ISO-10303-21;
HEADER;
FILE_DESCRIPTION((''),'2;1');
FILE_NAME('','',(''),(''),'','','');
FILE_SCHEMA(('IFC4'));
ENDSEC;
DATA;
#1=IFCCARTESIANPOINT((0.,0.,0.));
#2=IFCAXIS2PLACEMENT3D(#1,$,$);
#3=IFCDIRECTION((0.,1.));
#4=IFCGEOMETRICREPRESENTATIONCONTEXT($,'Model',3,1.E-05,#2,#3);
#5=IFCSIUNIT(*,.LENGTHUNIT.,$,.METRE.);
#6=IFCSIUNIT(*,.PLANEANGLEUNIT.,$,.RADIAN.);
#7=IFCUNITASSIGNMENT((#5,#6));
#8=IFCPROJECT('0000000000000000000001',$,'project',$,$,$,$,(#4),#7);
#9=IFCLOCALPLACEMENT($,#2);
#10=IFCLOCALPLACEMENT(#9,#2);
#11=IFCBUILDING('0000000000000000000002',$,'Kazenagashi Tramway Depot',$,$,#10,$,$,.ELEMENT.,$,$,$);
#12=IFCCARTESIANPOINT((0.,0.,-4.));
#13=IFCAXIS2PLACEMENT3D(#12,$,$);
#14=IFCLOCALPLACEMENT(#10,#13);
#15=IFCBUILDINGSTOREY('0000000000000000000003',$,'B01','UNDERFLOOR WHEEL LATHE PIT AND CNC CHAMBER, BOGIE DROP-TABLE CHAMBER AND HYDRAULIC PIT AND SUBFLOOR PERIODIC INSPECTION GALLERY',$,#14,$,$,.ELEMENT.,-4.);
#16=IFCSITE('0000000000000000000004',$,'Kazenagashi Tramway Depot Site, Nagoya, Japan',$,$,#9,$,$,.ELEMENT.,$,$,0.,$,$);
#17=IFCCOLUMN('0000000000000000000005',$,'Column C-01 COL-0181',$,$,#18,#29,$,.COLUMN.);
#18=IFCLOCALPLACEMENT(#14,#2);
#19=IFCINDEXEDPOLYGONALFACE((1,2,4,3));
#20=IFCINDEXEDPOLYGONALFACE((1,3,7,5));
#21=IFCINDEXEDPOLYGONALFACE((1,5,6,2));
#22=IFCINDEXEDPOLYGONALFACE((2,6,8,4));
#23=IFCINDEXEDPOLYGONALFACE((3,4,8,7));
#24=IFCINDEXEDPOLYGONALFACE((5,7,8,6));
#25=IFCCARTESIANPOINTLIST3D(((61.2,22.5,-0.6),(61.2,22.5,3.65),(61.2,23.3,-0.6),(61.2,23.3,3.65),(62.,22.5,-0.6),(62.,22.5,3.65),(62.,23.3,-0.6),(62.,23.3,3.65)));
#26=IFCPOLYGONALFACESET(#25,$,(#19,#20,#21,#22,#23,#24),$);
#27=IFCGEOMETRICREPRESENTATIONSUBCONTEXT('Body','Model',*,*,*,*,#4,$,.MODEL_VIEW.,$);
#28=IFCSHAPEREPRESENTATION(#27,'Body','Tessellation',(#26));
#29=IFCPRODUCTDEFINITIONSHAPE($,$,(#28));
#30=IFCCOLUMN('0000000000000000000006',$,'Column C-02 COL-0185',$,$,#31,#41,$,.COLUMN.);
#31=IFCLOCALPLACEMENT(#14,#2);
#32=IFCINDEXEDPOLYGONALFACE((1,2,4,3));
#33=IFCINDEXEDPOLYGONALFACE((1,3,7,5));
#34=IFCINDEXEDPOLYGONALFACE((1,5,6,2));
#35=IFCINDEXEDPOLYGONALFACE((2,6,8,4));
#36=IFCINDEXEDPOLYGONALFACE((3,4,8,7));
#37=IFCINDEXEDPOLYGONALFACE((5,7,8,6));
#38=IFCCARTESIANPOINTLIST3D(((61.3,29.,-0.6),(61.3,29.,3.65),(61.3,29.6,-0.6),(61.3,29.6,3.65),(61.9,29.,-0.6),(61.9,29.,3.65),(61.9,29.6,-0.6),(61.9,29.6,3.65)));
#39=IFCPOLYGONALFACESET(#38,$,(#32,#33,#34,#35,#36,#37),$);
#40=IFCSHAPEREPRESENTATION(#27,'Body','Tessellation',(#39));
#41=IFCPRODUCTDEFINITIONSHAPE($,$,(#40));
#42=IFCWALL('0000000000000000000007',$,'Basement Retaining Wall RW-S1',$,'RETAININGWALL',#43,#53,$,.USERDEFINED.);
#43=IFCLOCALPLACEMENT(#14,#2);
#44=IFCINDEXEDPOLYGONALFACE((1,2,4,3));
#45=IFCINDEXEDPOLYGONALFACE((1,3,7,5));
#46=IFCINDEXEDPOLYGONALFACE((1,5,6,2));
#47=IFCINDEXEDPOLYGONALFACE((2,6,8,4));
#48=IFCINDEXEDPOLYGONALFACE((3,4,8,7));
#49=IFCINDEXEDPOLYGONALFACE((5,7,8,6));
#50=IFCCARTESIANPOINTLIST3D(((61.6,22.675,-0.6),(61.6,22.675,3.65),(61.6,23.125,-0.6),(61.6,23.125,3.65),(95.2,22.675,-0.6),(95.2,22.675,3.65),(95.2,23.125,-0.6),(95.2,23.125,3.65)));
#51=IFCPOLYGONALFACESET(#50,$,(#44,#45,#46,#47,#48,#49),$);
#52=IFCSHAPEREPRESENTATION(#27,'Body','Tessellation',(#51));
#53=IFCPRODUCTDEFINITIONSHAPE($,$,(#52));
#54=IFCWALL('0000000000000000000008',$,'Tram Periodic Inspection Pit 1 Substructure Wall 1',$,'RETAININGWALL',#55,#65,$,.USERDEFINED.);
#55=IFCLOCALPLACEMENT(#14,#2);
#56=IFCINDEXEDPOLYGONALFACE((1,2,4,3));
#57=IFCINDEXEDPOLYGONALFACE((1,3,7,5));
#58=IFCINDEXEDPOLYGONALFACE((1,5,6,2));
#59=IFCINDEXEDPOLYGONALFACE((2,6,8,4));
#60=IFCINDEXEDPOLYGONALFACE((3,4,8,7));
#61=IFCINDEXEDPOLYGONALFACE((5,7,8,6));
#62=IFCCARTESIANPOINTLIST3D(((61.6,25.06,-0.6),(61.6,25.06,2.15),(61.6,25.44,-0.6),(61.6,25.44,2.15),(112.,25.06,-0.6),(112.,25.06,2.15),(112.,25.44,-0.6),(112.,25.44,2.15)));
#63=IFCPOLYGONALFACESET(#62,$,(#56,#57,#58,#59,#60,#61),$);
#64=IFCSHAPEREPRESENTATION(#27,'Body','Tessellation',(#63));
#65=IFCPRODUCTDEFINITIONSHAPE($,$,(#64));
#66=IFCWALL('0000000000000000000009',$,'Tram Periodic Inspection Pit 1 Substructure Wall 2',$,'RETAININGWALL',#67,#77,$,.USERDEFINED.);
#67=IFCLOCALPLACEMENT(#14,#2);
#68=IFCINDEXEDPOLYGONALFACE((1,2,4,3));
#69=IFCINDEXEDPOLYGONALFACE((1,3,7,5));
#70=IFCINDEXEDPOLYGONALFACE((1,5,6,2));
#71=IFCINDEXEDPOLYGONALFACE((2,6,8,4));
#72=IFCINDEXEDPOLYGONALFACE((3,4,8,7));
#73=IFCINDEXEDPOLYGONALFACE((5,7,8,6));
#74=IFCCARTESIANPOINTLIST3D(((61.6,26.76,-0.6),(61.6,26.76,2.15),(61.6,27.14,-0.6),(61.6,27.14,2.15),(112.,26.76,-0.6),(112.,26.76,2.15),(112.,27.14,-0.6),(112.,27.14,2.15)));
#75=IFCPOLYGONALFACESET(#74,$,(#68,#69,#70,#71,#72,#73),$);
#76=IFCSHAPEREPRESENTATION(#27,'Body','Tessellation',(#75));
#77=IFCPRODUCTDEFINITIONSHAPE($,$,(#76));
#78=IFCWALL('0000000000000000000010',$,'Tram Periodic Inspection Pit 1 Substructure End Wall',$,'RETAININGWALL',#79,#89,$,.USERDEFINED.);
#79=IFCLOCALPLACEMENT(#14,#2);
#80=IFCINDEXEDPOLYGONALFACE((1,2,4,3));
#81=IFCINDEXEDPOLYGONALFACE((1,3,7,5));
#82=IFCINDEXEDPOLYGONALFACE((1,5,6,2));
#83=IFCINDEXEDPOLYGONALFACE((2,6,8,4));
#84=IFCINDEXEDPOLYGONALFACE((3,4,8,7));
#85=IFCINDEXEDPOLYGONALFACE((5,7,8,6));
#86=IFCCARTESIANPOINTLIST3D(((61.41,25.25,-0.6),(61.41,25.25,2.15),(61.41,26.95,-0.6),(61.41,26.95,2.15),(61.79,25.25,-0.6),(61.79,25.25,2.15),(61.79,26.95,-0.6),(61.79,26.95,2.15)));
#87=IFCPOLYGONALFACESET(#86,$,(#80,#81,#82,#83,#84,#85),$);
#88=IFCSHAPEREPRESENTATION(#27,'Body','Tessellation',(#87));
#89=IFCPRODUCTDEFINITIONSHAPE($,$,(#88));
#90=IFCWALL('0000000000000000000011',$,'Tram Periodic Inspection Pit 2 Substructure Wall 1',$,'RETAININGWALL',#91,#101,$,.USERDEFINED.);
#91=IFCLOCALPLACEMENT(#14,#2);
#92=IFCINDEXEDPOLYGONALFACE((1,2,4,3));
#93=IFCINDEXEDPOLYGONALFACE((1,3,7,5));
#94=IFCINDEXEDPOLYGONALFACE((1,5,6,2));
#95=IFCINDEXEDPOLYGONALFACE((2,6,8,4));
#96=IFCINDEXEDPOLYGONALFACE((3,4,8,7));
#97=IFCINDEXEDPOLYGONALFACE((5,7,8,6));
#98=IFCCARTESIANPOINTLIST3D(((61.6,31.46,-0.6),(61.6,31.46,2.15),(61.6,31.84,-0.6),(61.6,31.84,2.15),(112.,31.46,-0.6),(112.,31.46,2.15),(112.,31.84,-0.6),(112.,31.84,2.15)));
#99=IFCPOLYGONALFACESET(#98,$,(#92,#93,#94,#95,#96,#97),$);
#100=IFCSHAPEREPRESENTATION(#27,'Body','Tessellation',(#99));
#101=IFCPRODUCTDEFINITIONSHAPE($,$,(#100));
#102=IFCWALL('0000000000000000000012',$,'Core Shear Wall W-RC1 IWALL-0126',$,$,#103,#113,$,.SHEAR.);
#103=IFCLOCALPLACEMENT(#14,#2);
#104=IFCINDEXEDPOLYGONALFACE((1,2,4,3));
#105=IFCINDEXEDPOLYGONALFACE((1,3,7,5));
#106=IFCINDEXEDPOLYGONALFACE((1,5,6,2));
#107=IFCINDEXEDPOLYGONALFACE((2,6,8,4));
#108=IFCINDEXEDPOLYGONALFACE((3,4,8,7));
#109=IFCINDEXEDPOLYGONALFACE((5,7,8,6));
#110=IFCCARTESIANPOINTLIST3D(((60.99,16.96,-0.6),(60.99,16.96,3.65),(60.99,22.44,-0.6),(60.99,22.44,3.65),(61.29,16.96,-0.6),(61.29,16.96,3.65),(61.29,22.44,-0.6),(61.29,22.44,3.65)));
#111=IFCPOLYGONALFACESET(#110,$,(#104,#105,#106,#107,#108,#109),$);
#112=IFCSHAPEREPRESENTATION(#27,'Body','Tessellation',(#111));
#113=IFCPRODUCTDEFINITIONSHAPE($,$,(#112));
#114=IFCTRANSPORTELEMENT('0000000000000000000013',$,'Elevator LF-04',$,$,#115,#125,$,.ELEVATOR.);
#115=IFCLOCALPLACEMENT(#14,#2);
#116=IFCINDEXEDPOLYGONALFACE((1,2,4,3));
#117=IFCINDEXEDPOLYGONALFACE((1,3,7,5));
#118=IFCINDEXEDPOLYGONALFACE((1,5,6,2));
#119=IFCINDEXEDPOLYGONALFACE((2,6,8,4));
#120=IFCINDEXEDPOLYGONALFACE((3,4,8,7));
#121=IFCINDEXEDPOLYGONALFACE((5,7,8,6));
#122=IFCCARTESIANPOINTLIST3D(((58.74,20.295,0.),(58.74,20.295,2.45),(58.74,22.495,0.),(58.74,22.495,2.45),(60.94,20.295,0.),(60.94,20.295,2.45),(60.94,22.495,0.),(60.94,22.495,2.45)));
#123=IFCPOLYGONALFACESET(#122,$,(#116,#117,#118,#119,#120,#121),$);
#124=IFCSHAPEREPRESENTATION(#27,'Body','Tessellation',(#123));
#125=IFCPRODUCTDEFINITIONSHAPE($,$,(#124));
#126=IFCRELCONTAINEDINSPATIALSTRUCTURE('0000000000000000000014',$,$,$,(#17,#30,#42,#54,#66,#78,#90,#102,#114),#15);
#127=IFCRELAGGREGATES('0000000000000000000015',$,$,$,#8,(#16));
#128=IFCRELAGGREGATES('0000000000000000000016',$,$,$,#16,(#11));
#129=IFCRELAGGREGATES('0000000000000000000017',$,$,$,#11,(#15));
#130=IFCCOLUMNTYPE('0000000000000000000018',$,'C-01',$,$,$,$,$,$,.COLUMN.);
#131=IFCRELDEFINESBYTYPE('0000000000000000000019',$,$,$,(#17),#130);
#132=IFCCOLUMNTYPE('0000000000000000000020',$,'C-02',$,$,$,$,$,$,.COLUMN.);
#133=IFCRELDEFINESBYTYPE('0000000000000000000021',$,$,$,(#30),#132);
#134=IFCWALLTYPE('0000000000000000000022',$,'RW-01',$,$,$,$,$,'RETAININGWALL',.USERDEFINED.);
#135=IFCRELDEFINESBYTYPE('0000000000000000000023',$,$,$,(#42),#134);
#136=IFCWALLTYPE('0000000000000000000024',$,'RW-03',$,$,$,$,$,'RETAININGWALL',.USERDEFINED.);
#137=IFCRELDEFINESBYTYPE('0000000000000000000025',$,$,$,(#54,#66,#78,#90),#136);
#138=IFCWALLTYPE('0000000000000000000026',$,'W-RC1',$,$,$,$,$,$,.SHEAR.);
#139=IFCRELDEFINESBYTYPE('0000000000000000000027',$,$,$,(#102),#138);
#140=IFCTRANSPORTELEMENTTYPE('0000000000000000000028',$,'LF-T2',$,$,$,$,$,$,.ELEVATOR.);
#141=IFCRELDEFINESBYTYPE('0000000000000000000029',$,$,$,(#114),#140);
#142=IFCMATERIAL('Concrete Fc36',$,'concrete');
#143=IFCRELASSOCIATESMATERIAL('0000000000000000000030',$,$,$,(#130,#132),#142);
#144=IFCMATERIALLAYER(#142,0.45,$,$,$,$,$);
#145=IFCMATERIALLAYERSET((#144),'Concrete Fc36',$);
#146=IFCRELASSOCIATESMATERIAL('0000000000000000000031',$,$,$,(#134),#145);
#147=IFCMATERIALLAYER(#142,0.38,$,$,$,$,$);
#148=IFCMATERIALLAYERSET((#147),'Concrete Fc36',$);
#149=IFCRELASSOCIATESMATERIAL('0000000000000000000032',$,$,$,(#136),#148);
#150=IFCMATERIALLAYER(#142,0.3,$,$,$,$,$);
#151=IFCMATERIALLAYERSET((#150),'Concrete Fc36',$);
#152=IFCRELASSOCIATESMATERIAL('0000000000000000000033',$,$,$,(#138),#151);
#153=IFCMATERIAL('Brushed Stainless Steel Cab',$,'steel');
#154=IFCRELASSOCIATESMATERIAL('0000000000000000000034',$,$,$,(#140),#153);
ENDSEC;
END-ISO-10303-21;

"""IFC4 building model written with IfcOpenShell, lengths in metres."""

from ifc_helpers import new_model, si_unit, direction, frame, frame_2d, origin, origin_2d, place, context, subcontext, project, spatial, rectangle, extrude, material, layer, layer_set, material_profile, profile_set, type_object, element, save


model = new_model("IFC4")

# Units and contexts
model_context = context("Model", 3, precision=1e-05, world=origin(), true_north=direction((0.0, 1.0)))
body_context = subcontext(model_context, "Body", "Model", "MODEL_VIEW")
ifc_project = project(units=[si_unit("LENGTHUNIT", "METRE"), si_unit("PLANEANGLEUNIT", "RADIAN")], contexts=[model_context])

# Site, building, storey
site_placement = place(None, origin())
site = spatial("IfcSite", under=ifc_project, at=site_placement, Name="Kazenagashi Tramway Depot Site, Nagoya, Japan", CompositionType="ELEMENT", RefElevation=0.0)
building_placement = place(site_placement, origin())
building = spatial("IfcBuilding", under=site, at=building_placement, Name="Kazenagashi Tramway Depot", CompositionType="ELEMENT")
storey_placement = place(building_placement, frame((0.0, 0.0, -4.0)))
storey = spatial("IfcBuildingStorey", under=building, at=storey_placement, Name="B01", Description="UNDERFLOOR WHEEL LATHE PIT AND CNC CHAMBER, BOGIE DROP-TABLE CHAMBER AND HYDRAULIC PIT AND SUBFLOOR PERIODIC INSPECTION GALLERY", CompositionType="ELEMENT", Elevation=-4.0)

# Columns
ifc_material_1 = material(Name="Concrete Fc36", Category="concrete")
ifc_material_profile_1 = material_profile(ifc_material_1, rectangle(XDim=0.8, YDim=0.8, at=origin_2d()), Name="RC-800x800")
ifc_profile_set_1 = profile_set([ifc_material_profile_1], Name="Concrete Fc36")
column_type_1 = type_object("IfcColumnType", Name="C-01", PredefinedType="COLUMN", material=ifc_profile_set_1)
for number, where, z_axis, x_axis, name in (
    (1, (61.6, 22.9, -0.6), (0.0, 0.0, 1.0), (1.0, 0.0, 0.0), "Column C-01 COL-0181"),
):
    element("IfcColumn", number, at=place(storey_placement, frame(where, z_axis=z_axis, x_axis=x_axis)), inside=storey, type_object=column_type_1, Name=name, PredefinedType="COLUMN", context=body_context, shape_type="SweptSolid", body=[
        extrude(rectangle(XDim=0.8, YDim=0.8, at=origin_2d()), origin(), (0.0, 0.0, 1.0), 4.25),
    ])
ifc_material_profile_2 = material_profile(ifc_material_1, rectangle(XDim=0.6, YDim=0.6, at=origin_2d()), Name="RC-600x600")
ifc_profile_set_2 = profile_set([ifc_material_profile_2], Name="Concrete Fc36")
column_type_2 = type_object("IfcColumnType", Name="C-02", PredefinedType="COLUMN", material=ifc_profile_set_2)
column_placement = place(storey_placement, frame((61.6, 29.3, -0.6), z_axis=(0.0, 0.0, 1.0), x_axis=(1.0, 0.0, 0.0)))
element("IfcColumn", 2, at=column_placement, inside=storey, type_object=column_type_2, Name="Column C-02 COL-0185", PredefinedType="COLUMN", context=body_context, shape_type="SweptSolid", body=[
    extrude(rectangle(XDim=0.6, YDim=0.6, at=origin_2d()), origin(), (0.0, 0.0, 1.0), 4.25),
])

# Walls
ifc_layer_1 = layer(ifc_material_1, 0.45)
ifc_layer_set_1 = layer_set([ifc_layer_1], Name="Concrete Fc36")
wall_type_1 = type_object("IfcWallType", Name="RW-01", ElementType="RETAININGWALL", PredefinedType="USERDEFINED", material=ifc_layer_set_1)
wall_1_placement = place(storey_placement, frame((61.6, 22.9, -0.6), z_axis=(0.0, 0.0, 1.0), x_axis=(1.0, 0.0, 0.0)))
element("IfcWall", 3, at=wall_1_placement, inside=storey, type_object=wall_type_1, Name="Basement Retaining Wall RW-S1", ObjectType="RETAININGWALL", PredefinedType="USERDEFINED", context=body_context, shape_type="SweptSolid", body=[
    extrude(rectangle(XDim=33.6, YDim=0.45, at=frame_2d((16.8, 0.0))), origin(), (0.0, 0.0, 1.0), 4.25),
])
ifc_layer_2 = layer(ifc_material_1, 0.38)
ifc_layer_set_2 = layer_set([ifc_layer_2], Name="Concrete Fc36")
wall_type_2 = type_object("IfcWallType", Name="RW-03", ElementType="RETAININGWALL", PredefinedType="USERDEFINED", material=ifc_layer_set_2)
for number, where, z_axis, x_axis, name in (
    (4, (61.6, 25.25, -0.6), (0.0, 0.0, 1.0), (1.0, 0.0, 0.0), "Tram Periodic Inspection Pit 1 Substructure Wall 1"),
    (5, (61.6, 26.95, -0.6), (0.0, 0.0, 1.0), (1.0, 0.0, 0.0), "Tram Periodic Inspection Pit 1 Substructure Wall 2"),
):
    element("IfcWall", number, at=place(storey_placement, frame(where, z_axis=z_axis, x_axis=x_axis)), inside=storey, type_object=wall_type_2, Name=name, ObjectType="RETAININGWALL", PredefinedType="USERDEFINED", context=body_context, shape_type="SweptSolid", body=[
        extrude(rectangle(XDim=50.4, YDim=0.38, at=frame_2d((25.2, 0.0))), origin(), (0.0, 0.0, 1.0), 2.75),
    ])
wall_2_placement = place(storey_placement, frame((61.6, 25.25, -0.6), z_axis=(0.0, 0.0, 1.0), x_axis=(0.0, 1.0, 0.0)))
element("IfcWall", 6, at=wall_2_placement, inside=storey, type_object=wall_type_2, Name="Tram Periodic Inspection Pit 1 Substructure End Wall", ObjectType="RETAININGWALL", PredefinedType="USERDEFINED", context=body_context, shape_type="SweptSolid", body=[
    extrude(rectangle(XDim=1.7, YDim=0.38, at=frame_2d((0.85, 0.0))), origin(), (0.0, 0.0, 1.0), 2.75),
])
wall_3_placement = place(storey_placement, frame((61.6, 31.65, -0.6), z_axis=(0.0, 0.0, 1.0), x_axis=(1.0, 0.0, 0.0)))
element("IfcWall", 7, at=wall_3_placement, inside=storey, type_object=wall_type_2, Name="Tram Periodic Inspection Pit 2 Substructure Wall 1", ObjectType="RETAININGWALL", PredefinedType="USERDEFINED", context=body_context, shape_type="SweptSolid", body=[
    extrude(rectangle(XDim=50.4, YDim=0.38, at=frame_2d((25.2, 0.0))), origin(), (0.0, 0.0, 1.0), 2.75),
])
ifc_layer_3 = layer(ifc_material_1, 0.3)
ifc_layer_set_3 = layer_set([ifc_layer_3], Name="Concrete Fc36")
wall_type_3 = type_object("IfcWallType", Name="W-RC1", PredefinedType="SHEAR", material=ifc_layer_set_3)
wall_4_placement = place(storey_placement, frame((61.14, 16.96, -0.6), z_axis=(0.0, 0.0, 1.0), x_axis=(0.0, 1.0, 0.0)))
element("IfcWall", 8, at=wall_4_placement, inside=storey, type_object=wall_type_3, Name="Core Shear Wall W-RC1 IWALL-0126", PredefinedType="SHEAR", context=body_context, shape_type="SweptSolid", body=[
    extrude(rectangle(XDim=5.48, YDim=0.3, at=frame_2d((2.74, 0.0))), origin(), (0.0, 0.0, 1.0), 4.25),
])

# Transport element
ifc_material_2 = material(Name="Brushed Stainless Steel Cab", Category="steel")
transport_element_type = type_object("IfcTransportElementType", Name="LF-T2", PredefinedType="ELEVATOR", material=ifc_material_2)
transport_element_placement = place(storey_placement, frame((59.84, 21.395, 0.0), z_axis=(0.0, 0.0, 1.0), x_axis=(1.0, 0.0, 0.0)))
element("IfcTransportElement", 9, at=transport_element_placement, inside=storey, type_object=transport_element_type, Name="Elevator LF-04", PredefinedType="ELEVATOR", context=body_context, shape_type="SweptSolid", body=[
    extrude(rectangle(XDim=2.2, YDim=2.2, at=origin_2d()), origin(), (0.0, 0.0, 1.0), 2.45),
])

save(model, "model.ifc")
